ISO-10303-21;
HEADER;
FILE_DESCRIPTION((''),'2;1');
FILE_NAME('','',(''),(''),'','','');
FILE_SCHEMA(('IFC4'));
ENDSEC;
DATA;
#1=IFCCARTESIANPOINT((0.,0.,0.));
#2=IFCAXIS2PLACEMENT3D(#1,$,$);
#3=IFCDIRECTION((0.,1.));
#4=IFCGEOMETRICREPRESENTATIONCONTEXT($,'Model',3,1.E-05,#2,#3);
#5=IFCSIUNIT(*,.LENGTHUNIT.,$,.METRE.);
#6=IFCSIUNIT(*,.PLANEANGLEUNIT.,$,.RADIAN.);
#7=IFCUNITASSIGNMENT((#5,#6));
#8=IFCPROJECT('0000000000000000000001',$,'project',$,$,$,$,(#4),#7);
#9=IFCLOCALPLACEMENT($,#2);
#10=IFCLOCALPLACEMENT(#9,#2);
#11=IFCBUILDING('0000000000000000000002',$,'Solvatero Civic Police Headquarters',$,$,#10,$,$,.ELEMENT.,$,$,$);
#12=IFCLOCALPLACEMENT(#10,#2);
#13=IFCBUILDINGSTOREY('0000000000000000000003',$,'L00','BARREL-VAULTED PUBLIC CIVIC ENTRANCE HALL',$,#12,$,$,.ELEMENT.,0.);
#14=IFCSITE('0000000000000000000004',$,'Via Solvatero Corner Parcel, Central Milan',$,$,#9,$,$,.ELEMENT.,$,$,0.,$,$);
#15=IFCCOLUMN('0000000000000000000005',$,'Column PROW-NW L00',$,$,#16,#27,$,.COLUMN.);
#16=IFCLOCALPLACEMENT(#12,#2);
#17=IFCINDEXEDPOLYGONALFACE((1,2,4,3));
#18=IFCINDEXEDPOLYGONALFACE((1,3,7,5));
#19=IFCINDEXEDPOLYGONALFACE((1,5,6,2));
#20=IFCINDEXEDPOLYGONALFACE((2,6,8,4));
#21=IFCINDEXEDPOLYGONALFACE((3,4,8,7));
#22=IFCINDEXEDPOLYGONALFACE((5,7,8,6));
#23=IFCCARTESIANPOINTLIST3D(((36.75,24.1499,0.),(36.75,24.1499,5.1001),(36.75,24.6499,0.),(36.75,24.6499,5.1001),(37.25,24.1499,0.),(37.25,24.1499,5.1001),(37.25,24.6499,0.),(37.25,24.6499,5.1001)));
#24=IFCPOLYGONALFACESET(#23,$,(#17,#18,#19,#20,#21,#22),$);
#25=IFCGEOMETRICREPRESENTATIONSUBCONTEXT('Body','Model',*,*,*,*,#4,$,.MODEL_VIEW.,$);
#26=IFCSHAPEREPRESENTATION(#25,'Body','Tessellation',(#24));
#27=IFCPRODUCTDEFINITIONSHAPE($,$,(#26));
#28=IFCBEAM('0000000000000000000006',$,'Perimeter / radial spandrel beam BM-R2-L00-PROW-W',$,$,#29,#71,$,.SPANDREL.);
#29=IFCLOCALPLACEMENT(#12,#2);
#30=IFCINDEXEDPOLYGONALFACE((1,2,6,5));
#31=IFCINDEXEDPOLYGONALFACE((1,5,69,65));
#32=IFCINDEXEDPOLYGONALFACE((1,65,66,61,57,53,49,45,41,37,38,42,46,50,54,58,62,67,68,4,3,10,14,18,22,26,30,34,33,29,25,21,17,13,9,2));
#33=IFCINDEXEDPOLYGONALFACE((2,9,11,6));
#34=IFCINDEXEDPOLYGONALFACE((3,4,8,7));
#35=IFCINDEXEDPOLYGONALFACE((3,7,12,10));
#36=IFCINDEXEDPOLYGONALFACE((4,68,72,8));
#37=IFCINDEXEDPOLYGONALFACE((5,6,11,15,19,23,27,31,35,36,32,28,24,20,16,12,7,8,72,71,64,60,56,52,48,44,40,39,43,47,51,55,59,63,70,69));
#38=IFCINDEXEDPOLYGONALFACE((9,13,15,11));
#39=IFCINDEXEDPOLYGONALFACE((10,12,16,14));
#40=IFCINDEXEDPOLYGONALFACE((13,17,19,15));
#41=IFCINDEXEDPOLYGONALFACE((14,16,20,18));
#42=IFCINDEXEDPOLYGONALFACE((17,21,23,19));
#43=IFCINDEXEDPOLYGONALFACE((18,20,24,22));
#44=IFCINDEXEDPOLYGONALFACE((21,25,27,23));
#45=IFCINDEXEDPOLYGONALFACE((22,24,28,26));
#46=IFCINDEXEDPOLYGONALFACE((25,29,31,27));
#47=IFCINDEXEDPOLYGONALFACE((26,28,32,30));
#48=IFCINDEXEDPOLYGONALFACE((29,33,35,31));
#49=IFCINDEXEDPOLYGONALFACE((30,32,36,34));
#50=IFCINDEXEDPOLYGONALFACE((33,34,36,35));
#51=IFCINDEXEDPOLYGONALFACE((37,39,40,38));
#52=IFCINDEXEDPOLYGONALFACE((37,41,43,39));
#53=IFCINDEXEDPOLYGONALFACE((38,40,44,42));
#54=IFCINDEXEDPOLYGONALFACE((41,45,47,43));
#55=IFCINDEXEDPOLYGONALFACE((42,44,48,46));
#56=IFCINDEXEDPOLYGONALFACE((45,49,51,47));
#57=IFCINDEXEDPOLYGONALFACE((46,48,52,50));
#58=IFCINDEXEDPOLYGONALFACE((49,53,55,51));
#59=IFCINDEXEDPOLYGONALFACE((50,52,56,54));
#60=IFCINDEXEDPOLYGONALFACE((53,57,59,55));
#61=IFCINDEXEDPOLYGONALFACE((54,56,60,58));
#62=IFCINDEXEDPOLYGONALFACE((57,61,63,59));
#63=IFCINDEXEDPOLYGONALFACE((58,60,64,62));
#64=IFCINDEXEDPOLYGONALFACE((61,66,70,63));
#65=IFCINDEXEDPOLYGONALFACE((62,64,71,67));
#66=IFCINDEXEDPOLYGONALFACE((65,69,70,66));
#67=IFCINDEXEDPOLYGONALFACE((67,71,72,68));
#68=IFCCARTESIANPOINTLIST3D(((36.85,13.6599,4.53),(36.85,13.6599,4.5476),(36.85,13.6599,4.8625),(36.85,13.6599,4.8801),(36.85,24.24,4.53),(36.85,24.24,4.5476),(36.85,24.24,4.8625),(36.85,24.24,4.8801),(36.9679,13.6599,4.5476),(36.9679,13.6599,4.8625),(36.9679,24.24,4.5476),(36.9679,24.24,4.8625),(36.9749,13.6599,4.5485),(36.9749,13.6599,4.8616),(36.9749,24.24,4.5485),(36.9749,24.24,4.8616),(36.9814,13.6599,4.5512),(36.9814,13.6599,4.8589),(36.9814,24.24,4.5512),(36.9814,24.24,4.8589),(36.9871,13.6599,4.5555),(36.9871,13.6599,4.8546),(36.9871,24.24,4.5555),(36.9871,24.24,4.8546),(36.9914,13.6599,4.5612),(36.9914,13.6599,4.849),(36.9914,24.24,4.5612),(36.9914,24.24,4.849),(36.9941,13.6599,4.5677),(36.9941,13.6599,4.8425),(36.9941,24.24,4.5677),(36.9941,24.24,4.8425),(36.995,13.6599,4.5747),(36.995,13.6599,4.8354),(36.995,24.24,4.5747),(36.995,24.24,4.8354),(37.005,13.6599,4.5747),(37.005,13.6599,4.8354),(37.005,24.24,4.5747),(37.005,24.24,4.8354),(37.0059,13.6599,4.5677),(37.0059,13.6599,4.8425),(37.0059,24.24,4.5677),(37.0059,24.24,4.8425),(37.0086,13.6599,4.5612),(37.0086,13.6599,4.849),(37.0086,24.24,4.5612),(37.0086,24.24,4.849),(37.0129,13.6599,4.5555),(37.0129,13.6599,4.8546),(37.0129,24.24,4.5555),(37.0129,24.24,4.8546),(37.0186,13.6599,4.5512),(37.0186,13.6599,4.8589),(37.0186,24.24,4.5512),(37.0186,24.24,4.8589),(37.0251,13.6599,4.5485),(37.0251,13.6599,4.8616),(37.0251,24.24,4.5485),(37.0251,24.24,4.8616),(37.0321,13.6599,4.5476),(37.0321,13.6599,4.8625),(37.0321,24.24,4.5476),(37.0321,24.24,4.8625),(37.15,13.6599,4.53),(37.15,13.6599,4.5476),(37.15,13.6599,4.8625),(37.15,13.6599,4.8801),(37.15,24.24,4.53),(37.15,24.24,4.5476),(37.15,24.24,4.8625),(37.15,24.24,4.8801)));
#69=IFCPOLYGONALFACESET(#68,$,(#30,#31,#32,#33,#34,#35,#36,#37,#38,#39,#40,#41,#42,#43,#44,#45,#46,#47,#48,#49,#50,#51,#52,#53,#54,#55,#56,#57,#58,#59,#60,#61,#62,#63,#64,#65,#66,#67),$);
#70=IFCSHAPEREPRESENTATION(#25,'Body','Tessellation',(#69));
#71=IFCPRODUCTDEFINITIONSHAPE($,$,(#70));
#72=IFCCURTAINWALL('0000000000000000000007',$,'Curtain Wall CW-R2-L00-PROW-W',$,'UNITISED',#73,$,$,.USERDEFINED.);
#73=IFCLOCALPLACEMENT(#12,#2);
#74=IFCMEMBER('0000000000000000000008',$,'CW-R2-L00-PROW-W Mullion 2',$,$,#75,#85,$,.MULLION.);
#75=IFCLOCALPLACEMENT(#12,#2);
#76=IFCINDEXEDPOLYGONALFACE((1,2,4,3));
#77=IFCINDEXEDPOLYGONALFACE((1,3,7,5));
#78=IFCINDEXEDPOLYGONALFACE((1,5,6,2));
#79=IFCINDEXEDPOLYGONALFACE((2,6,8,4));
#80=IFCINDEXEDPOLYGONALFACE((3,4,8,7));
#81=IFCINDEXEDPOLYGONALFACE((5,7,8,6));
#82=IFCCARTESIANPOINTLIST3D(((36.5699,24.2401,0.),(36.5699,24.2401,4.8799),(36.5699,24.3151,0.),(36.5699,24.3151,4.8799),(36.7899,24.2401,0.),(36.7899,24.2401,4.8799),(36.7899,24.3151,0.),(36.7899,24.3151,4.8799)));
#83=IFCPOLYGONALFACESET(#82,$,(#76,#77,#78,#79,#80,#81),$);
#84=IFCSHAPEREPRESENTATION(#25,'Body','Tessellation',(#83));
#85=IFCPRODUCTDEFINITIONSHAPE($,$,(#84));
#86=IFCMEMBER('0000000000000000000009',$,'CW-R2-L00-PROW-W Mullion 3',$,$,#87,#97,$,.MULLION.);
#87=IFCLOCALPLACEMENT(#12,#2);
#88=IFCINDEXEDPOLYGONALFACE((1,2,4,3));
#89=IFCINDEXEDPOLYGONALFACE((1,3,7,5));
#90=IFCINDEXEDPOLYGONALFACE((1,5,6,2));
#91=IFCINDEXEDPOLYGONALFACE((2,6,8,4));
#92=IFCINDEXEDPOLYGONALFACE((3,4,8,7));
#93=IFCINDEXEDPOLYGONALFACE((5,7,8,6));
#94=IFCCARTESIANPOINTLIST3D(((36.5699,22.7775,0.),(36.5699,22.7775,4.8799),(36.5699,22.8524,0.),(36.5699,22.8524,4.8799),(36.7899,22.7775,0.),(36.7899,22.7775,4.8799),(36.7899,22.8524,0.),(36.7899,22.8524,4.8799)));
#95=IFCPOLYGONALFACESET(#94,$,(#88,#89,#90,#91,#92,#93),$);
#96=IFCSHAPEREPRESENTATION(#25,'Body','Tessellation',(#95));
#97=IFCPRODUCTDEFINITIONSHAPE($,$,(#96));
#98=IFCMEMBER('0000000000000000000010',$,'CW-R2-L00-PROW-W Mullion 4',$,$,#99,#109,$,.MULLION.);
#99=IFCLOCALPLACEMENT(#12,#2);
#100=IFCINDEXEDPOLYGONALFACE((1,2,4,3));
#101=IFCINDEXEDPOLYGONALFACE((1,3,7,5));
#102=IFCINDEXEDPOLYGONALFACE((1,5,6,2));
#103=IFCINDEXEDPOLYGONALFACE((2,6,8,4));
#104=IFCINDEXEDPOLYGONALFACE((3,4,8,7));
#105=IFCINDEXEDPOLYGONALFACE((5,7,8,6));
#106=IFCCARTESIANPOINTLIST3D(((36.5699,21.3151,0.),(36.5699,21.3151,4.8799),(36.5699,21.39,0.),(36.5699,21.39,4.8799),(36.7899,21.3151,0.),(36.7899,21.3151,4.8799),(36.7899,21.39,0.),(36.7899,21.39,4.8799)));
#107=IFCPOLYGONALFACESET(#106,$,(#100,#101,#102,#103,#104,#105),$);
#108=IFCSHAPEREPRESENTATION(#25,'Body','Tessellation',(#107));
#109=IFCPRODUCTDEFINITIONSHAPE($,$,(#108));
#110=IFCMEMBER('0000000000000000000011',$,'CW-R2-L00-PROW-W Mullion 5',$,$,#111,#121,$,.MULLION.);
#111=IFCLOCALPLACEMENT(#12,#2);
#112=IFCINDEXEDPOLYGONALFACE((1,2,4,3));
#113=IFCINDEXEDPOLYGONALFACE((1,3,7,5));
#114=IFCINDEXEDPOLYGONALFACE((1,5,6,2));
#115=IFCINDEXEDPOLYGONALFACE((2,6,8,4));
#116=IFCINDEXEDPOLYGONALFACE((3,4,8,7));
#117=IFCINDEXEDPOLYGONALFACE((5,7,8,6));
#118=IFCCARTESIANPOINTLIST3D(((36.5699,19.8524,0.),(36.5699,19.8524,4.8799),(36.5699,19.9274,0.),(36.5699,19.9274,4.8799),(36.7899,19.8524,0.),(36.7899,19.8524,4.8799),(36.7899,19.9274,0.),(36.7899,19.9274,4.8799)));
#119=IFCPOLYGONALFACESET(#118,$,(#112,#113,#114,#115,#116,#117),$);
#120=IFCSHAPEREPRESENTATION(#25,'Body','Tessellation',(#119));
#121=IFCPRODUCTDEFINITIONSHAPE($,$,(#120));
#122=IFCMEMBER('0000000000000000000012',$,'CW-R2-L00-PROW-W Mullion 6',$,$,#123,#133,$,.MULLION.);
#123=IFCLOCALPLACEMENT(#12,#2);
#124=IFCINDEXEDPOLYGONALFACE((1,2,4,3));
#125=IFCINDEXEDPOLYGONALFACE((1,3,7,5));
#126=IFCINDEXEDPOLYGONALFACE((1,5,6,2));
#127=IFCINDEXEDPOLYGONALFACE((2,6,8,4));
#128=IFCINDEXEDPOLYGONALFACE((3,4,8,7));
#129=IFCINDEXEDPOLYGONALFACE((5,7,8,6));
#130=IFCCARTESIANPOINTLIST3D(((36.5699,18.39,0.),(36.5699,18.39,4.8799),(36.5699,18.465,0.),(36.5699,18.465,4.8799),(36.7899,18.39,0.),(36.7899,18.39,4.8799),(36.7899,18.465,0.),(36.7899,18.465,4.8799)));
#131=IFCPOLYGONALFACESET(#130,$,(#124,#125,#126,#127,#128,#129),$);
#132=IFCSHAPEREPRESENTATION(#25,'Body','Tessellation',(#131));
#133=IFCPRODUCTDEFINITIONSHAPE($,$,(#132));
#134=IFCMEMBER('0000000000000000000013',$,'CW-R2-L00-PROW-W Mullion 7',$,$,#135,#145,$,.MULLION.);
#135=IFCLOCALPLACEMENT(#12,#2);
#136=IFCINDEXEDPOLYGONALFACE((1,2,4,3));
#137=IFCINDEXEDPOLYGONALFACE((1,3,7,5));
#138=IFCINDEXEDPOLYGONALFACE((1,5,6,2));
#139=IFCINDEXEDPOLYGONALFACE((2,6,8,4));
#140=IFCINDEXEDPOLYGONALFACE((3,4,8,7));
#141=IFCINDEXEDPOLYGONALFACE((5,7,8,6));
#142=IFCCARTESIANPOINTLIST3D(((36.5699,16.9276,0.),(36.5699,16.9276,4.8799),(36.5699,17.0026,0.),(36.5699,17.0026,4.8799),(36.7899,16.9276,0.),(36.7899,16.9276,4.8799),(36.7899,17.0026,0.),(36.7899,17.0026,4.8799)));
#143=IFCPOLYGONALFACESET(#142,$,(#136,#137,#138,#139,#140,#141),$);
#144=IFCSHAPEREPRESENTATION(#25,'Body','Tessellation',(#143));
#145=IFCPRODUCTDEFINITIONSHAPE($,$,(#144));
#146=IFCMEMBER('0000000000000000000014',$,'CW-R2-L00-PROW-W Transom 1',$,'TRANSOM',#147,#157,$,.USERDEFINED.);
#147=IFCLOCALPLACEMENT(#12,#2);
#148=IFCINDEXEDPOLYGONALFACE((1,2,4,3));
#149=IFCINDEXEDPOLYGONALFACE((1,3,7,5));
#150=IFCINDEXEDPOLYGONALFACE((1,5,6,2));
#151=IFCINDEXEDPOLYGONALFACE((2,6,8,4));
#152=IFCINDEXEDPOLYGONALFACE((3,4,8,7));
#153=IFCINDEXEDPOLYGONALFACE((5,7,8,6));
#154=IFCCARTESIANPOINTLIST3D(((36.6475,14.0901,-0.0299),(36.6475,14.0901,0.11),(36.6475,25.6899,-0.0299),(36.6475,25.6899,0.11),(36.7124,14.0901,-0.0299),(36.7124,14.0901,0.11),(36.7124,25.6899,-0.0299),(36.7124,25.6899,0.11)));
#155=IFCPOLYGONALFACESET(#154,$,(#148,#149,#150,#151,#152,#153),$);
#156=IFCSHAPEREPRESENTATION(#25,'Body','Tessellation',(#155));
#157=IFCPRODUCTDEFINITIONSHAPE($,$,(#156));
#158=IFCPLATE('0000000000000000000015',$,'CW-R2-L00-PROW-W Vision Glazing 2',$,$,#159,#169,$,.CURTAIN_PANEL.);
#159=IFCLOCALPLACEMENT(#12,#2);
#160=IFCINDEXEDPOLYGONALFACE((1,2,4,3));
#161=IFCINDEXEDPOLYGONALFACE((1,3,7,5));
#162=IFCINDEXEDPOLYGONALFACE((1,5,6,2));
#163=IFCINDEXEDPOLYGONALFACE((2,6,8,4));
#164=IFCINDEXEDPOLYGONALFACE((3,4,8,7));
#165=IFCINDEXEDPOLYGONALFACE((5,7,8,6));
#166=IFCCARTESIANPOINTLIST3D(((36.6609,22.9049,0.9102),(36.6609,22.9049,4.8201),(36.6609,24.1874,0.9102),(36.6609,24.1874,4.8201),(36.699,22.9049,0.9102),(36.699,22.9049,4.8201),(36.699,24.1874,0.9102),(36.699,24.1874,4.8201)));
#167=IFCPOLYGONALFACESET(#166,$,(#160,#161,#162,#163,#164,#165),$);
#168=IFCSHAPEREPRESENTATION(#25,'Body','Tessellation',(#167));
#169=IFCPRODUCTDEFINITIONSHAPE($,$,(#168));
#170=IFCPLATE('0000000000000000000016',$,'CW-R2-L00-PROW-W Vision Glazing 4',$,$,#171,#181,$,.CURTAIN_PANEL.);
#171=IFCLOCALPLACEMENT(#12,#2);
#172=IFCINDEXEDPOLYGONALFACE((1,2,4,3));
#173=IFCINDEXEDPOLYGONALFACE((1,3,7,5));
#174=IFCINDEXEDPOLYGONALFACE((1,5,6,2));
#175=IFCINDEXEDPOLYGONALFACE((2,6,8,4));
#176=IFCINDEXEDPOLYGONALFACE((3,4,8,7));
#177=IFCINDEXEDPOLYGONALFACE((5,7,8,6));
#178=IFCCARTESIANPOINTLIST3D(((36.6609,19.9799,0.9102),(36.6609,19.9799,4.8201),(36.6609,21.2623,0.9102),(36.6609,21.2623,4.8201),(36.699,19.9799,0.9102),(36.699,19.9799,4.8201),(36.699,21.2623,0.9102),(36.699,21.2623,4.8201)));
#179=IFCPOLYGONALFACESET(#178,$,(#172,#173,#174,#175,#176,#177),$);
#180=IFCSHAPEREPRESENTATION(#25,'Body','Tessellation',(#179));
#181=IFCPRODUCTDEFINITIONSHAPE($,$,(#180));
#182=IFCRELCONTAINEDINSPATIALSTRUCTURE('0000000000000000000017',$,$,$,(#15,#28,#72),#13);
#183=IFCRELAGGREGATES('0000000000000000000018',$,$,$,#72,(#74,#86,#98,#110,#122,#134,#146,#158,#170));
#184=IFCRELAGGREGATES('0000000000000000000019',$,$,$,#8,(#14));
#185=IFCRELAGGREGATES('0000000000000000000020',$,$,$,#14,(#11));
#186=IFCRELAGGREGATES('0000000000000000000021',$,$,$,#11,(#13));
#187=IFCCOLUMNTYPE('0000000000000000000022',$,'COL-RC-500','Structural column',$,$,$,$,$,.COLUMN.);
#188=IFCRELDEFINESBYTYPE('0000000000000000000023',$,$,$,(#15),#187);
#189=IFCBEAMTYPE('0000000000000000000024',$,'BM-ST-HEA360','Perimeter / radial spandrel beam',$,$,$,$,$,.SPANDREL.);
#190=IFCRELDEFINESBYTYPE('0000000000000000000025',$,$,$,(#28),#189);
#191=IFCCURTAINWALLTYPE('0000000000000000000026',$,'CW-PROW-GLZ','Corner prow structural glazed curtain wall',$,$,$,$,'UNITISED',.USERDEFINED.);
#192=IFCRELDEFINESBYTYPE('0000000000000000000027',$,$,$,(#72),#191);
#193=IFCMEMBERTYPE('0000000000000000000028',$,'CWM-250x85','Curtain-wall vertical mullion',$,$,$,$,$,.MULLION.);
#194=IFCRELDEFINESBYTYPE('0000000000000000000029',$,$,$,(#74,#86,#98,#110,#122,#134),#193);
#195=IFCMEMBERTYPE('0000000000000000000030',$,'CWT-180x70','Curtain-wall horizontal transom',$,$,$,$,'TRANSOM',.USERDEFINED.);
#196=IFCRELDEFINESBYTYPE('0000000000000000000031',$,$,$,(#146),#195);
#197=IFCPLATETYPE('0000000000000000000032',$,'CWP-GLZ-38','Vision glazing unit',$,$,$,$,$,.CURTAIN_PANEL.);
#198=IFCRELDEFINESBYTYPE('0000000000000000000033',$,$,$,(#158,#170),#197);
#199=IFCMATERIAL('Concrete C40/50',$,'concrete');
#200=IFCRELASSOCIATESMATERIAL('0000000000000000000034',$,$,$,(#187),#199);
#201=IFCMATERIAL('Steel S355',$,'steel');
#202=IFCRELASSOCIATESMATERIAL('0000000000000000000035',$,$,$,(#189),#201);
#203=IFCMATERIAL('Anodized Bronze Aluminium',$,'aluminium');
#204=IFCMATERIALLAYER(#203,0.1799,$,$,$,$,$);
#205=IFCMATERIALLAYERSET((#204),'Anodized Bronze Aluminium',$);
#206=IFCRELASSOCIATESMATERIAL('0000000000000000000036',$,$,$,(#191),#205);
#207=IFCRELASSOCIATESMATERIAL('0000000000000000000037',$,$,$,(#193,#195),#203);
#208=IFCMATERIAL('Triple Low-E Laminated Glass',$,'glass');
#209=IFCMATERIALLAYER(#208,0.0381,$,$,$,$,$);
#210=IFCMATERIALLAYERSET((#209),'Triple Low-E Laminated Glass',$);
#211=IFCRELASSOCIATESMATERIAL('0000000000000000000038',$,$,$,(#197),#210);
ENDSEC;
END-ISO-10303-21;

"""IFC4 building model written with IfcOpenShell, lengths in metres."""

from ifc_helpers import new_model, si_unit, direction, frame, origin, origin_2d, place, context, subcontext, project, spatial, rectangle, i_section, extrude, material, layer, layer_set, material_profile, profile_set, type_object, element, aggregate, save


model = new_model("IFC4")

# Units and contexts
model_context = context("Model", 3, precision=1e-05, world=origin(), true_north=direction((0.0, 1.0)))
body_context = subcontext(model_context, "Body", "Model", "MODEL_VIEW")
ifc_project = project(units=[si_unit("LENGTHUNIT", "METRE"), si_unit("PLANEANGLEUNIT", "RADIAN")], contexts=[model_context])

# Site, building, storey
site_placement = place(None, origin())
site = spatial("IfcSite", under=ifc_project, at=site_placement, Name="Via Solvatero Corner Parcel, Central Milan", CompositionType="ELEMENT", RefElevation=0.0)
building_placement = place(site_placement, origin())
building = spatial("IfcBuilding", under=site, at=building_placement, Name="Solvatero Civic Police Headquarters", CompositionType="ELEMENT")
storey_placement = place(building_placement, origin())
storey = spatial("IfcBuildingStorey", under=building, at=storey_placement, Name="L00", Description="BARREL-VAULTED PUBLIC CIVIC ENTRANCE HALL", CompositionType="ELEMENT", Elevation=0.0)

# Column
ifc_material_1 = material(Name="Concrete C40/50", Category="concrete")
ifc_material_profile_1 = material_profile(ifc_material_1, rectangle(XDim=0.5, YDim=0.5, at=origin_2d()), Name="RC 500x500")
ifc_profile_set_1 = profile_set([ifc_material_profile_1], Name="Concrete C40/50")
column_type = type_object("IfcColumnType", Name="COL-RC-500", Description="Structural column", PredefinedType="COLUMN", material=ifc_profile_set_1)
column_placement = place(storey_placement, frame((37.0, 24.3999, 0.0), z_axis=(0.0, 0.0, 1.0), x_axis=(1.0, 0.0, 0.0)))
element("IfcColumn", 1, at=column_placement, inside=storey, type_object=column_type, Name="Column PROW-NW L00", PredefinedType="COLUMN", context=body_context, shape_type="SweptSolid", body=[
    extrude(rectangle(XDim=0.5, YDim=0.5, at=origin_2d()), origin(), (0.0, 0.0, 1.0), 5.1001),
])

# Beam
ifc_material_2 = material(Name="Steel S355", Category="steel")
ifc_material_profile_2 = material_profile(ifc_material_2, i_section(OverallWidth=0.3, OverallDepth=0.3501, WebThickness=0.01, FlangeThickness=0.0176, FilletRadius=0.0271, at=origin_2d()), Name="HEA 360")
ifc_profile_set_2 = profile_set([ifc_material_profile_2], Name="Steel S355")
beam_type = type_object("IfcBeamType", Name="BM-ST-HEA360", Description="Perimeter / radial spandrel beam", PredefinedType="SPANDREL", material=ifc_profile_set_2)
beam_placement = place(storey_placement, frame((37.0, 24.24, 4.7051), z_axis=(0.0, -1.0, 0.0), x_axis=(1.0, 0.0, 0.0)))
element("IfcBeam", 2, at=beam_placement, inside=storey, type_object=beam_type, Name="Perimeter / radial spandrel beam BM-R2-L00-PROW-W", PredefinedType="SPANDREL", context=body_context, shape_type="SweptSolid", body=[
    extrude(i_section(OverallWidth=0.3, OverallDepth=0.3501, WebThickness=0.01, FlangeThickness=0.0176, FilletRadius=0.0271, at=origin_2d()), origin(), (0.0, 0.0, 1.0), 10.5801),
])

# Curtain wall, members, plates
ifc_material_3 = material(Name="Anodized Bronze Aluminium", Category="aluminium")
ifc_layer_1 = layer(ifc_material_3, 0.1799)
ifc_layer_set_1 = layer_set([ifc_layer_1], Name="Anodized Bronze Aluminium")
curtain_wall_type = type_object("IfcCurtainWallType", Name="CW-PROW-GLZ", Description="Corner prow structural glazed curtain wall", ElementType="UNITISED", PredefinedType="USERDEFINED", material=ifc_layer_set_1)
curtain_wall_placement = place(storey_placement, origin())
curtain_wall = element("IfcCurtainWall", 3, at=curtain_wall_placement, inside=storey, type_object=curtain_wall_type, Name="Curtain Wall CW-R2-L00-PROW-W", ObjectType="UNITISED", PredefinedType="USERDEFINED")
ifc_material_profile_3 = material_profile(ifc_material_3, rectangle(XDim=0.075, YDim=0.22, at=origin_2d()), Name="ALU MULLION 75x220")
ifc_profile_set_3 = profile_set([ifc_material_profile_3], Name="Anodized Bronze Aluminium")
member_type_1 = type_object("IfcMemberType", Name="CWM-250x85", Description="Curtain-wall vertical mullion", PredefinedType="MULLION", material=ifc_profile_set_3)
member_1_placement = place(storey_placement, frame((36.6799, 24.2776, 0.0), z_axis=(0.0, 0.0, 1.0), x_axis=(0.0, -1.0, 0.0)))
member_1 = element("IfcMember", 4, at=member_1_placement, type_object=member_type_1, Name="CW-R2-L00-PROW-W Mullion 2", PredefinedType="MULLION", context=body_context, shape_type="SweptSolid", body=[
    extrude(rectangle(XDim=0.075, YDim=0.22, at=origin_2d()), origin(), (0.0, 0.0, 1.0), 4.8799),
])
member_2_placement = place(storey_placement, frame((36.6799, 22.8149, 0.0), z_axis=(0.0, 0.0, 1.0), x_axis=(0.0, -1.0, 0.0)))
member_2 = element("IfcMember", 5, at=member_2_placement, type_object=member_type_1, Name="CW-R2-L00-PROW-W Mullion 3", PredefinedType="MULLION", context=body_context, shape_type="SweptSolid", body=[
    extrude(rectangle(XDim=0.075, YDim=0.22, at=origin_2d()), origin(), (0.0, 0.0, 1.0), 4.8799),
])
member_3_placement = place(storey_placement, frame((36.6799, 21.3525, 0.0), z_axis=(0.0, 0.0, 1.0), x_axis=(0.0, -1.0, 0.0)))
member_3 = element("IfcMember", 6, at=member_3_placement, type_object=member_type_1, Name="CW-R2-L00-PROW-W Mullion 4", PredefinedType="MULLION", context=body_context, shape_type="SweptSolid", body=[
    extrude(rectangle(XDim=0.075, YDim=0.22, at=origin_2d()), origin(), (0.0, 0.0, 1.0), 4.8799),
])
member_4_placement = place(storey_placement, frame((36.6799, 19.8899, 0.0), z_axis=(0.0, 0.0, 1.0), x_axis=(0.0, -1.0, 0.0)))
member_4 = element("IfcMember", 7, at=member_4_placement, type_object=member_type_1, Name="CW-R2-L00-PROW-W Mullion 5", PredefinedType="MULLION", context=body_context, shape_type="SweptSolid", body=[
    extrude(rectangle(XDim=0.075, YDim=0.22, at=origin_2d()), origin(), (0.0, 0.0, 1.0), 4.8799),
])
member_5_placement = place(storey_placement, frame((36.6799, 18.4275, 0.0), z_axis=(0.0, 0.0, 1.0), x_axis=(0.0, -1.0, 0.0)))
member_5 = element("IfcMember", 8, at=member_5_placement, type_object=member_type_1, Name="CW-R2-L00-PROW-W Mullion 6", PredefinedType="MULLION", context=body_context, shape_type="SweptSolid", body=[
    extrude(rectangle(XDim=0.075, YDim=0.22, at=origin_2d()), origin(), (0.0, 0.0, 1.0), 4.8799),
])
member_6_placement = place(storey_placement, frame((36.6799, 16.9651, 0.0), z_axis=(0.0, 0.0, 1.0), x_axis=(0.0, -1.0, 0.0)))
member_6 = element("IfcMember", 9, at=member_6_placement, type_object=member_type_1, Name="CW-R2-L00-PROW-W Mullion 7", PredefinedType="MULLION", context=body_context, shape_type="SweptSolid", body=[
    extrude(rectangle(XDim=0.075, YDim=0.22, at=origin_2d()), origin(), (0.0, 0.0, 1.0), 4.8799),
])
ifc_material_profile_4 = material_profile(ifc_material_3, rectangle(XDim=0.0649, YDim=0.1399, at=origin_2d()), Name="ALU TRANSOM 65x140")
ifc_profile_set_4 = profile_set([ifc_material_profile_4], Name="Anodized Bronze Aluminium")
member_type_2 = type_object("IfcMemberType", Name="CWT-180x70", Description="Curtain-wall horizontal transom", ElementType="TRANSOM", PredefinedType="USERDEFINED", material=ifc_profile_set_4)
member_7_placement = place(storey_placement, frame((36.6799, 25.6899, 0.04), z_axis=(0.0, -1.0, 0.0), x_axis=(1.0, 0.0, 0.0)))
member_7 = element("IfcMember", 10, at=member_7_placement, type_object=member_type_2, Name="CW-R2-L00-PROW-W Transom 1", ObjectType="TRANSOM", PredefinedType="USERDEFINED", context=body_context, shape_type="SweptSolid", body=[
    extrude(rectangle(XDim=0.0649, YDim=0.1399, at=origin_2d()), origin(), (0.0, 0.0, 1.0), 11.5999),
])
ifc_material_4 = material(Name="Triple Low-E Laminated Glass", Category="glass")
ifc_layer_2 = layer(ifc_material_4, 0.0381)
ifc_layer_set_2 = layer_set([ifc_layer_2], Name="Triple Low-E Laminated Glass")
plate_type_1 = type_object("IfcPlateType", Name="CWP-GLZ-38", Description="Vision glazing unit", PredefinedType="CURTAIN_PANEL", material=ifc_layer_set_2)
plate_1_placement = place(storey_placement, frame((36.6799, 23.5461, 0.9102), z_axis=(0.0, 0.0, 1.0), x_axis=(0.0, -1.0, 0.0)))
plate_1 = element("IfcPlate", 11, at=plate_1_placement, type_object=plate_type_1, Name="CW-R2-L00-PROW-W Vision Glazing 2", PredefinedType="CURTAIN_PANEL", context=body_context, shape_type="SweptSolid", body=[
    extrude(rectangle(XDim=1.2825, YDim=0.0381, at=origin_2d()), origin(), (0.0, 0.0, 1.0), 3.9099),
])
plate_2_placement = place(storey_placement, frame((36.6799, 20.6211, 0.9102), z_axis=(0.0, 0.0, 1.0), x_axis=(0.0, -1.0, 0.0)))
plate_2 = element("IfcPlate", 12, at=plate_2_placement, type_object=plate_type_1, Name="CW-R2-L00-PROW-W Vision Glazing 4", PredefinedType="CURTAIN_PANEL", context=body_context, shape_type="SweptSolid", body=[
    extrude(rectangle(XDim=1.2825, YDim=0.0381, at=origin_2d()), origin(), (0.0, 0.0, 1.0), 3.9099),
])
aggregate(curtain_wall, [member_1, member_2, member_3, member_4, member_5, member_6, member_7, plate_1, plate_2])

save(model, "model.ifc")
